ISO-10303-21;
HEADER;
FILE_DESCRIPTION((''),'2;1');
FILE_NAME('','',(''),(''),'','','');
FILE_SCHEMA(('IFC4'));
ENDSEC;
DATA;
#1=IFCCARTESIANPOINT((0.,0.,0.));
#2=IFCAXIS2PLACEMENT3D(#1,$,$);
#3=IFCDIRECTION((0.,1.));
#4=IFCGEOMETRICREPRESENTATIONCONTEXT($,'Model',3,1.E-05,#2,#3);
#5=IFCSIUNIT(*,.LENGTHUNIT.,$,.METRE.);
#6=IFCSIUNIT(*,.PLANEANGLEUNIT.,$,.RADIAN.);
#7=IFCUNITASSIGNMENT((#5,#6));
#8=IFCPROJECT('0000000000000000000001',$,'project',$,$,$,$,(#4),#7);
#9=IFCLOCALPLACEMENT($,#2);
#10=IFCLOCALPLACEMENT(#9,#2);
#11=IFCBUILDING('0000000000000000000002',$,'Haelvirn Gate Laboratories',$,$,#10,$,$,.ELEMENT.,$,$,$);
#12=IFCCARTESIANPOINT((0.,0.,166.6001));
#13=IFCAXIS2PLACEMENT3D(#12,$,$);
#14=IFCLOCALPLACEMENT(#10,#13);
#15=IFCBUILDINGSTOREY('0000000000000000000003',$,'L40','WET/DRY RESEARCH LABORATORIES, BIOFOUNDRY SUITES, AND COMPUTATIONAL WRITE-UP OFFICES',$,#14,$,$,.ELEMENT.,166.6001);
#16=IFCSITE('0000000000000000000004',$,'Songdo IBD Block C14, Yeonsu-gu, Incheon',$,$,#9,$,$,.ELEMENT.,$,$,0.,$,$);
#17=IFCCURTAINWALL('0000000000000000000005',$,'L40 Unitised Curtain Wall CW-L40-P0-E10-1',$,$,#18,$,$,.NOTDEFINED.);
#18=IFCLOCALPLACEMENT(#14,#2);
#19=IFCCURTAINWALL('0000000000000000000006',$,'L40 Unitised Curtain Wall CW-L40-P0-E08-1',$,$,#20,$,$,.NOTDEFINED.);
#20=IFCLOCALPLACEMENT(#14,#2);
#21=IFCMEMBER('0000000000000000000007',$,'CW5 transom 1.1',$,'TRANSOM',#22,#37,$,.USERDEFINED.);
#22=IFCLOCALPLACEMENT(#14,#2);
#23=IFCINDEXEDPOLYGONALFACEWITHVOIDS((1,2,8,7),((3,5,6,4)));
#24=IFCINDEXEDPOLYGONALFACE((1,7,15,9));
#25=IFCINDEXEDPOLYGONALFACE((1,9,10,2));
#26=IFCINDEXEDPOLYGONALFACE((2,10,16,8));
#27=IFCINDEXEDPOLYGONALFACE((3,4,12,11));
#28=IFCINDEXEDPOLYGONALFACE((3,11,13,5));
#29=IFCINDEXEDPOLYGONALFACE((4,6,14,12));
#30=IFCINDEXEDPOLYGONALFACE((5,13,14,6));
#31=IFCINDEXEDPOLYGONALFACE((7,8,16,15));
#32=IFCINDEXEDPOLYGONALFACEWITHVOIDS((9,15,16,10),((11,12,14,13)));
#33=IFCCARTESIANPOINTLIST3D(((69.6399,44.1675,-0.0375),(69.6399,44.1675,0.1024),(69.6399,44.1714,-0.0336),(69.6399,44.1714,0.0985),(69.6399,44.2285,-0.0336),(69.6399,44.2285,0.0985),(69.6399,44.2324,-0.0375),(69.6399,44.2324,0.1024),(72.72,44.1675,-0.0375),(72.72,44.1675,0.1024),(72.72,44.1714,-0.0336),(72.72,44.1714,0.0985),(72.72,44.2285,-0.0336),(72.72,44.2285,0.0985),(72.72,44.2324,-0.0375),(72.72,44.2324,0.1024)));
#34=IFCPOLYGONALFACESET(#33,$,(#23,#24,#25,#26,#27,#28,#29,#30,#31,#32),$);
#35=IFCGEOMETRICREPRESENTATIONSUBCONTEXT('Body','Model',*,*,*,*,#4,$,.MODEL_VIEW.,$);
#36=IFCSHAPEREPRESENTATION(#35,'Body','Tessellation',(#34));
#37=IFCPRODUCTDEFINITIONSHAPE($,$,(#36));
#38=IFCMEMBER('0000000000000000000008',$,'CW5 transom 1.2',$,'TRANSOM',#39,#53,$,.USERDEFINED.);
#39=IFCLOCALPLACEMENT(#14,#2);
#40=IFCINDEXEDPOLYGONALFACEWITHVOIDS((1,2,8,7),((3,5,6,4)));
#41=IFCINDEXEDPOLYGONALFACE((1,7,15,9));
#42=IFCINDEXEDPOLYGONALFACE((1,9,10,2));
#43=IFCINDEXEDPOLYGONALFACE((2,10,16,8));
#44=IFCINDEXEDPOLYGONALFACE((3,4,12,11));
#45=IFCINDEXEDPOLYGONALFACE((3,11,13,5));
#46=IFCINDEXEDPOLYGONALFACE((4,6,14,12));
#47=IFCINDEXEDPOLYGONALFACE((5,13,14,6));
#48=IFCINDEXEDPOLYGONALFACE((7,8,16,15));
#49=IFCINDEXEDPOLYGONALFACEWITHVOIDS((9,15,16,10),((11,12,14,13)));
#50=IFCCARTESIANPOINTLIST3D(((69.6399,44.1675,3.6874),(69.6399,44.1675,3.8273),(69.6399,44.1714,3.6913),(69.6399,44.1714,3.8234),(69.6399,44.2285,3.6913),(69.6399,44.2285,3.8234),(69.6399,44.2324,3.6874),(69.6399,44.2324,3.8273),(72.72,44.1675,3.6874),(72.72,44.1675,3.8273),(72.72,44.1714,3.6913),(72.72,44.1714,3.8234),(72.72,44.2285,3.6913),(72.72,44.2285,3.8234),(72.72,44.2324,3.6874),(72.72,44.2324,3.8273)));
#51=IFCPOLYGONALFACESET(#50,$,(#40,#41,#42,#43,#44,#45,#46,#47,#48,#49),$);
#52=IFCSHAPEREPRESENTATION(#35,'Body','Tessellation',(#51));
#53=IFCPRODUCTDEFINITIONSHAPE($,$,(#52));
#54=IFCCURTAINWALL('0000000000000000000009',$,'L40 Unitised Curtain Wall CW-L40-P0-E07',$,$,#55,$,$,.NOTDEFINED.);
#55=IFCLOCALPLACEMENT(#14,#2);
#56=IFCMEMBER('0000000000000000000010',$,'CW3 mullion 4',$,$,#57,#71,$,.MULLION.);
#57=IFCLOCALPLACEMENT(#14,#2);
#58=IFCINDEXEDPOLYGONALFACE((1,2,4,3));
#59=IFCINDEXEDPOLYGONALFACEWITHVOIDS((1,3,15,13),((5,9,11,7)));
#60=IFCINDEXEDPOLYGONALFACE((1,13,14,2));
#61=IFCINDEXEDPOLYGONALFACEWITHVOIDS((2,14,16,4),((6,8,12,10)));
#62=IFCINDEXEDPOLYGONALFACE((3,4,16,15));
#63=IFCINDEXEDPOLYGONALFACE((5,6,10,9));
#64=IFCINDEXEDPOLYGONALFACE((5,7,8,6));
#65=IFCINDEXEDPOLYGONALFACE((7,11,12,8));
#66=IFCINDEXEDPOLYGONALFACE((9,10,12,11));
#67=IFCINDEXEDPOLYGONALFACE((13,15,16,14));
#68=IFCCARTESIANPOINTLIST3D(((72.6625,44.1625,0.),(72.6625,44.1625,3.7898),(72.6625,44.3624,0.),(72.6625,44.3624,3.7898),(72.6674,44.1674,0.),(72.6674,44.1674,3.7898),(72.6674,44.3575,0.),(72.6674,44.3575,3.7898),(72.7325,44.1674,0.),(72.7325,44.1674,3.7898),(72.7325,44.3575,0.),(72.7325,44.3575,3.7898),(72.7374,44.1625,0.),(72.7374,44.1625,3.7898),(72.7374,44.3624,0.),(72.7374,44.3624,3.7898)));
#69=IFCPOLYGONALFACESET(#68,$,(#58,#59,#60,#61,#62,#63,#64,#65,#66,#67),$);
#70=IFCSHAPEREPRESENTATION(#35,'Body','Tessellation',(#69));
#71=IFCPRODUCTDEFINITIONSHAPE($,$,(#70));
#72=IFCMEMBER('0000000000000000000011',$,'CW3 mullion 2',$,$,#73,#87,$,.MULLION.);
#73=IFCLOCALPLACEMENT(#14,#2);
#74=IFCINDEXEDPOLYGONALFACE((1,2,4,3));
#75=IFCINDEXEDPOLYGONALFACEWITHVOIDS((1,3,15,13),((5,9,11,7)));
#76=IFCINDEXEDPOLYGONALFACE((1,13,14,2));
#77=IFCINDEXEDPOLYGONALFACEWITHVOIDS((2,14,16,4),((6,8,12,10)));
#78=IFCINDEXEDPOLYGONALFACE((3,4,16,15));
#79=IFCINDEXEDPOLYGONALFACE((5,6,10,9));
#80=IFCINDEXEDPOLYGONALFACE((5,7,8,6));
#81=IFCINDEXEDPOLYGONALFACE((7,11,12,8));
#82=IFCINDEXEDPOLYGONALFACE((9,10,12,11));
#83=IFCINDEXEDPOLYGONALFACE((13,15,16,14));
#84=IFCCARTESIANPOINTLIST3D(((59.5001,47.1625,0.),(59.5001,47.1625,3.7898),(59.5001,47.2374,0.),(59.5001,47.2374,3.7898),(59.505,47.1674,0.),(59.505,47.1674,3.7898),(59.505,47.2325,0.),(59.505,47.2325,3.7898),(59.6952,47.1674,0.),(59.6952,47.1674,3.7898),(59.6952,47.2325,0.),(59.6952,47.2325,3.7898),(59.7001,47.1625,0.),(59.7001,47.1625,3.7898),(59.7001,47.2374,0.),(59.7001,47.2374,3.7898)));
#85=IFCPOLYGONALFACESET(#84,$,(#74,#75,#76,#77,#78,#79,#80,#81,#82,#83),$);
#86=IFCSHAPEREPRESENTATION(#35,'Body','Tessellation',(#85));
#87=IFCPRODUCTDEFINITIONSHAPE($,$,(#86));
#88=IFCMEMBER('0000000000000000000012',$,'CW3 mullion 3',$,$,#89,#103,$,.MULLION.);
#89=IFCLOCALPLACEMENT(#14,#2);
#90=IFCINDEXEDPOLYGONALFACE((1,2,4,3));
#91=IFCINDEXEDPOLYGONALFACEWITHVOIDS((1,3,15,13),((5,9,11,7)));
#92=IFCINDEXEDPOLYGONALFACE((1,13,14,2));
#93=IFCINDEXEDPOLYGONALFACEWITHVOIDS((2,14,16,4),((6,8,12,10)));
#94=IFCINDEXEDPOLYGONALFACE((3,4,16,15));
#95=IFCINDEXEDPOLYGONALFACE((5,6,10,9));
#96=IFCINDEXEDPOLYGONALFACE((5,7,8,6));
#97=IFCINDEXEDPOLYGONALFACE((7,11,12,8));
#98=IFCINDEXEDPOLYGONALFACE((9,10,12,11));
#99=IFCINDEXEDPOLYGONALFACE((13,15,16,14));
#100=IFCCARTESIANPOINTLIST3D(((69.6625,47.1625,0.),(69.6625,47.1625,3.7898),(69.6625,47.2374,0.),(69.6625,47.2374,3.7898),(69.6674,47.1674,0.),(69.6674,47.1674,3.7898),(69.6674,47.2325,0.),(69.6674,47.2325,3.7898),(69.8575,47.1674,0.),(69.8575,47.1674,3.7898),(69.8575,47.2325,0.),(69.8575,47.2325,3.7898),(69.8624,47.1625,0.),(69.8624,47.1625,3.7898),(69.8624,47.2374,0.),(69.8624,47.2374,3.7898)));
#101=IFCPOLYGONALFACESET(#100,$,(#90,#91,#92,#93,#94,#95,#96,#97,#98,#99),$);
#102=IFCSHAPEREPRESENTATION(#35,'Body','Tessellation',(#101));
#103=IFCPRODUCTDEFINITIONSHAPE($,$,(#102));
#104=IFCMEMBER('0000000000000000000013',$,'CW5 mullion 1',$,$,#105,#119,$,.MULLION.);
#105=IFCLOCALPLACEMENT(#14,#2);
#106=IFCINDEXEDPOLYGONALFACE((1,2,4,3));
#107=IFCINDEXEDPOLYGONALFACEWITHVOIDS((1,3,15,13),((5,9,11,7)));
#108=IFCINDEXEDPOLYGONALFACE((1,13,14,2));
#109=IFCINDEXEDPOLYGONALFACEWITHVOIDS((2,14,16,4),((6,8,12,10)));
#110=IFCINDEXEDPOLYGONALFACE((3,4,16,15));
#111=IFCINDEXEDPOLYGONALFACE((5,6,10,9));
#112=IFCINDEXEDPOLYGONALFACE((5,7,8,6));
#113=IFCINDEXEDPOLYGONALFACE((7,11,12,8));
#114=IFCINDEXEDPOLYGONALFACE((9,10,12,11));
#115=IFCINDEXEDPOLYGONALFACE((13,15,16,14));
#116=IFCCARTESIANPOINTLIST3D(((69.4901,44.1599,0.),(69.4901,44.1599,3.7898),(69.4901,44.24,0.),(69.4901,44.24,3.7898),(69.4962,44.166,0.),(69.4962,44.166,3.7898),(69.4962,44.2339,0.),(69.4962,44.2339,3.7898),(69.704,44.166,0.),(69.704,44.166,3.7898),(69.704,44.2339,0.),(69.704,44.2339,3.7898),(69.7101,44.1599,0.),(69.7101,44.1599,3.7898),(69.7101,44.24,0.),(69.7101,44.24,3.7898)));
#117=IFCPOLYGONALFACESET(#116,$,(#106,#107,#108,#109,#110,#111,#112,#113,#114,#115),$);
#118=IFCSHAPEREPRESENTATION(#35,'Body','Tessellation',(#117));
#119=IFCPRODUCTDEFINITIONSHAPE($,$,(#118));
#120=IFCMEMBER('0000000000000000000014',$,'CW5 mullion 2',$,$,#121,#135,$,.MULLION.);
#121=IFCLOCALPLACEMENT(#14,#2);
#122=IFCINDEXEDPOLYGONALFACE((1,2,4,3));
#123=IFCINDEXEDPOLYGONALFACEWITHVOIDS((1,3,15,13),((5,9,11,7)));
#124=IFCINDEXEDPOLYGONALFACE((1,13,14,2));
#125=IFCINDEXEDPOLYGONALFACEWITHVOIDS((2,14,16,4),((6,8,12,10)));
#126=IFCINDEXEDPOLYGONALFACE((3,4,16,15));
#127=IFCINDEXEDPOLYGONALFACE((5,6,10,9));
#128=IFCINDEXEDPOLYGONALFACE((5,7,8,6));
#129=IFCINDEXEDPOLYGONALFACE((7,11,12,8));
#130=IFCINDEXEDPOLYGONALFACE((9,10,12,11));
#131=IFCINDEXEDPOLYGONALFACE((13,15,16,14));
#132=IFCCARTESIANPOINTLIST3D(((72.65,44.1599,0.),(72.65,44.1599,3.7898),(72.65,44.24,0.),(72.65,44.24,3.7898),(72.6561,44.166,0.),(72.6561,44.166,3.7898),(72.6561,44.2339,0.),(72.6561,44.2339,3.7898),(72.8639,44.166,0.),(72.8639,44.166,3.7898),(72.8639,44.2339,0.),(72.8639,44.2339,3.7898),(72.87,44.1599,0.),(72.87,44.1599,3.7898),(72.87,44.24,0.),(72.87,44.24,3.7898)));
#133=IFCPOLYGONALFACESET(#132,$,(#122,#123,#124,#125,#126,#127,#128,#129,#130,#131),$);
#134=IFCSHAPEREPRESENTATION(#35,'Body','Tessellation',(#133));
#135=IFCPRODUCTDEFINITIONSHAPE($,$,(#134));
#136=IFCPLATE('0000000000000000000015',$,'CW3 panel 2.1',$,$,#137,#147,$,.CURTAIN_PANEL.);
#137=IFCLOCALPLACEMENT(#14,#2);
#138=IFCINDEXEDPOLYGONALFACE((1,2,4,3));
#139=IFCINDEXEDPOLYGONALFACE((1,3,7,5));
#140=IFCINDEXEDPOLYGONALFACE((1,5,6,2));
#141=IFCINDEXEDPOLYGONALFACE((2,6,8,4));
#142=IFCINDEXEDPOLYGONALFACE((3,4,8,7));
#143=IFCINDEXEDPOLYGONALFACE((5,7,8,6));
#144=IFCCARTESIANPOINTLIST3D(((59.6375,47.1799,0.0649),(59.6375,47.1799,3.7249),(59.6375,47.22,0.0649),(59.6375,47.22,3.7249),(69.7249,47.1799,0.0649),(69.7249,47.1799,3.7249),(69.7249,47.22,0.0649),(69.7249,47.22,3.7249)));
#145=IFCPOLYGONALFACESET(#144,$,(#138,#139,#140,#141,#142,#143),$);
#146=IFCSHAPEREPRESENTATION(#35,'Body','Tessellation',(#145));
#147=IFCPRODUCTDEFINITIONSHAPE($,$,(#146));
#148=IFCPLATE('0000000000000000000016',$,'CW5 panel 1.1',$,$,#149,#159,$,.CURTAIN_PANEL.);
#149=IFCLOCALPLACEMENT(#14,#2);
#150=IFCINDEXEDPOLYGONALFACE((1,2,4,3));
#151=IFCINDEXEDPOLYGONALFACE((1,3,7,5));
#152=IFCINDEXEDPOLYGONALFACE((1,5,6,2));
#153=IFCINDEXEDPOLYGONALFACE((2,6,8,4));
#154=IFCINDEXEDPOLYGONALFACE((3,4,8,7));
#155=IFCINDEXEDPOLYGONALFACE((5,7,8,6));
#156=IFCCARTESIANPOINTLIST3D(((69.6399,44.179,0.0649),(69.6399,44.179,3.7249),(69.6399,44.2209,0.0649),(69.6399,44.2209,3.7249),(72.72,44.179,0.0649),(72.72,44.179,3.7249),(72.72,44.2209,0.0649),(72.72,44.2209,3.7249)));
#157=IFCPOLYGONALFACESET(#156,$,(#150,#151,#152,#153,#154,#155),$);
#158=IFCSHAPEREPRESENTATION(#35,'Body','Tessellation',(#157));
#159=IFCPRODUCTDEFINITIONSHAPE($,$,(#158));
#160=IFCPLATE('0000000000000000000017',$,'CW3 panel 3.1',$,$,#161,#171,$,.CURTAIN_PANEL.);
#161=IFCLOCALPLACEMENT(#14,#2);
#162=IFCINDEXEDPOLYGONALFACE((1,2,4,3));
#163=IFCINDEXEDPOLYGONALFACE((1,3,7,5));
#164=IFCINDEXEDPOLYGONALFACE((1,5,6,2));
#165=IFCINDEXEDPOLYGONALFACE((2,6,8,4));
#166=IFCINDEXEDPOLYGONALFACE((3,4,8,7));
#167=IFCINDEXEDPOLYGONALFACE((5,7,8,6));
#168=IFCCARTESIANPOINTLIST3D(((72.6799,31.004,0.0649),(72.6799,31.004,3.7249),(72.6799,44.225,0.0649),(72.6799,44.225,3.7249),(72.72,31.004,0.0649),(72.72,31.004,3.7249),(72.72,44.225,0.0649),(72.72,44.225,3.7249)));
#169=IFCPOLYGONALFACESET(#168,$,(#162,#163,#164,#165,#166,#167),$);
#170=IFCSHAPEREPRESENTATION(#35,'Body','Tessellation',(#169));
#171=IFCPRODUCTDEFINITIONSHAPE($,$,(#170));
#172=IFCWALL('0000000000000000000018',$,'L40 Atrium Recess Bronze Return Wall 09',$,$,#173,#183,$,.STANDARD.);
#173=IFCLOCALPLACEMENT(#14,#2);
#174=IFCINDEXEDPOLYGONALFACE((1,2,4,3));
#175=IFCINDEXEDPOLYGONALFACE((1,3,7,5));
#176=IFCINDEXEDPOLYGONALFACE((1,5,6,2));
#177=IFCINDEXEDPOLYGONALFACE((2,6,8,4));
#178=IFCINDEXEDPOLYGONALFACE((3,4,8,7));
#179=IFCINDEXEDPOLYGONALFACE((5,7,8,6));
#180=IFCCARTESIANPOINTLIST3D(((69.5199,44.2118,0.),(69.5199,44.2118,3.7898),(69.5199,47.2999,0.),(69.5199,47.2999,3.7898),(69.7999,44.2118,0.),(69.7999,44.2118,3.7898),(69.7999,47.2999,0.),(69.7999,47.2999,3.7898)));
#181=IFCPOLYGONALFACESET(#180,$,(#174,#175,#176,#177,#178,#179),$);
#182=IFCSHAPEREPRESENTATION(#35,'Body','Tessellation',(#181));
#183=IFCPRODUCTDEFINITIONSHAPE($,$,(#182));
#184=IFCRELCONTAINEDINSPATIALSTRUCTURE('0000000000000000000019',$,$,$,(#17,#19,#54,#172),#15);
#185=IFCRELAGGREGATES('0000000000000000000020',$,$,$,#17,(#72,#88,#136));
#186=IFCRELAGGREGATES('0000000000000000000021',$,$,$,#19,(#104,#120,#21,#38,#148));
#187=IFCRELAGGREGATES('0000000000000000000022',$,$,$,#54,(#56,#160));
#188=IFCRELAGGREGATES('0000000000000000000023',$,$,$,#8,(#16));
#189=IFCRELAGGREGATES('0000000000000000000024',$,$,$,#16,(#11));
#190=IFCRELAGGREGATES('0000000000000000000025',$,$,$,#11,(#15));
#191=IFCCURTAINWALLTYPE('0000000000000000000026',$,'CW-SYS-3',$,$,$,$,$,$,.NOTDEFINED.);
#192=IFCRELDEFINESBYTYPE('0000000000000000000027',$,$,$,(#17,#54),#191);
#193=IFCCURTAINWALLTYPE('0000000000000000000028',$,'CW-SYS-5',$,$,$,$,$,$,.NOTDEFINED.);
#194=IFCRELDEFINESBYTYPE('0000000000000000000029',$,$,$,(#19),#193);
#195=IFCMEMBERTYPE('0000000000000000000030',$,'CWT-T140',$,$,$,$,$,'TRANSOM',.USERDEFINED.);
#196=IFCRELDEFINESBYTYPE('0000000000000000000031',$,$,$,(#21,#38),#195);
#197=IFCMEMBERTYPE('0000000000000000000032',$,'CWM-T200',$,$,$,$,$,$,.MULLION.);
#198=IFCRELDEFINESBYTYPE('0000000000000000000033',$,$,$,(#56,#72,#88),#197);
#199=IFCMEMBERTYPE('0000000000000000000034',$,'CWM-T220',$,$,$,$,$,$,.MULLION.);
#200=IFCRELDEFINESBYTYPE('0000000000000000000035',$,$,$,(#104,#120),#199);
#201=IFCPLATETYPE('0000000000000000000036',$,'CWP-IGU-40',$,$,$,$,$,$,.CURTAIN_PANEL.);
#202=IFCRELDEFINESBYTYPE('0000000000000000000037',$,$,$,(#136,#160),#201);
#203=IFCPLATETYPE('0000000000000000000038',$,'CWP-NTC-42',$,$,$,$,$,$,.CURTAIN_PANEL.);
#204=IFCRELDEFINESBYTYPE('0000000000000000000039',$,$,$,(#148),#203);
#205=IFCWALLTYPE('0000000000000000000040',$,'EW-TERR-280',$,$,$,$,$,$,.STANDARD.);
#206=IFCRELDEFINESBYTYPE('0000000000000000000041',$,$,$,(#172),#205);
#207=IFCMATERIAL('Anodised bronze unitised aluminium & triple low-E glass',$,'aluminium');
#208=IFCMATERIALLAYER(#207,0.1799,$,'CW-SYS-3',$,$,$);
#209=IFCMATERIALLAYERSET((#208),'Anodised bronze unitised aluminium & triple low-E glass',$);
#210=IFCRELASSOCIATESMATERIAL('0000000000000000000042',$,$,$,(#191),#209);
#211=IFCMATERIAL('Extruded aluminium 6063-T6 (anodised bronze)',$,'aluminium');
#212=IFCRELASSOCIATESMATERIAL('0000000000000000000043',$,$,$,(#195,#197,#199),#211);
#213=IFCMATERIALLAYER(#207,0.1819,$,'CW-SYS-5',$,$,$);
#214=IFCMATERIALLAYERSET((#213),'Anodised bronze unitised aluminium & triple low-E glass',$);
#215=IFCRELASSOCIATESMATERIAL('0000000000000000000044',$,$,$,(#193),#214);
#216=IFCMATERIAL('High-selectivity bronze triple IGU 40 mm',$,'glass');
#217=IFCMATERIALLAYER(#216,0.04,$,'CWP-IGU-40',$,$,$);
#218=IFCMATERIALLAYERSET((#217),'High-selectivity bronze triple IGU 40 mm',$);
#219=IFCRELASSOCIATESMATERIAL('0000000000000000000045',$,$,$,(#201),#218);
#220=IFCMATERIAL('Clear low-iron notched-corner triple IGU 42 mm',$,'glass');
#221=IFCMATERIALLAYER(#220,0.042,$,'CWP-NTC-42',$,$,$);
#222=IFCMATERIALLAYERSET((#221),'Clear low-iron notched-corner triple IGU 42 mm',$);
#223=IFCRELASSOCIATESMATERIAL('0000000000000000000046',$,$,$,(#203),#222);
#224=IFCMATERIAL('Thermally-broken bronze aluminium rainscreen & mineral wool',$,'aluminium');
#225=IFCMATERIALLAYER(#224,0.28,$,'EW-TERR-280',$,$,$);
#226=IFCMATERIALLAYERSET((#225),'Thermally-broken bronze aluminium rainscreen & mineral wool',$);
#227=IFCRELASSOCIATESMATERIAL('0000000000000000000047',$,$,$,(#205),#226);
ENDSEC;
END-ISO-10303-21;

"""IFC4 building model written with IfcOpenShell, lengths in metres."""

from ifc_helpers import new_model, si_unit, direction, frame, frame_2d, origin, origin_2d, place, context, subcontext, project, spatial, rectangle, hollow_rectangle, extrude, source, transform, mapped, material, layer, layer_set, material_profile, profile_set, type_object, type_shapes, element, aggregate, save


model = new_model("IFC4")

# Units and contexts
model_context = context("Model", 3, precision=1e-05, world=origin(), true_north=direction((0.0, 1.0)))
body_context = subcontext(model_context, "Body", "Model", "MODEL_VIEW")
ifc_project = project(units=[si_unit("LENGTHUNIT", "METRE"), si_unit("PLANEANGLEUNIT", "RADIAN")], contexts=[model_context])

# Site, building, storey
site_placement = place(None, origin())
site = spatial("IfcSite", under=ifc_project, at=site_placement, Name="Songdo IBD Block C14, Yeonsu-gu, Incheon", CompositionType="ELEMENT", RefElevation=0.0)
building_placement = place(site_placement, origin())
building = spatial("IfcBuilding", under=site, at=building_placement, Name="Haelvirn Gate Laboratories", CompositionType="ELEMENT")
storey_placement = place(building_placement, frame((0.0, 0.0, 166.6001)))
storey = spatial("IfcBuildingStorey", under=building, at=storey_placement, Name="L40", Description="WET/DRY RESEARCH LABORATORIES, BIOFOUNDRY SUITES, AND COMPUTATIONAL WRITE-UP OFFICES", CompositionType="ELEMENT", Elevation=166.6001)

# Curtain walls, members
ifc_material_1 = material(Name="Anodised bronze unitised aluminium & triple low-E glass", Category="aluminium")
ifc_layer_1 = layer(ifc_material_1, 0.1799, Name="CW-SYS-3")
ifc_layer_set_1 = layer_set([ifc_layer_1], Name="Anodised bronze unitised aluminium & triple low-E glass")
curtain_wall_type_1 = type_object("IfcCurtainWallType", Name="CW-SYS-3", PredefinedType="NOTDEFINED", material=ifc_layer_set_1)
curtain_wall_1_placement = place(storey_placement, origin())
curtain_wall_1 = element("IfcCurtainWall", 1, at=curtain_wall_1_placement, inside=storey, type_object=curtain_wall_type_1, Name="L40 Unitised Curtain Wall CW-L40-P0-E10-1", PredefinedType="NOTDEFINED")
ifc_material_2 = material(Name="Extruded aluminium 6063-T6 (anodised bronze)", Category="aluminium")
ifc_material_profile_1 = material_profile(ifc_material_2, hollow_rectangle(XDim=0.0649, YDim=0.1399, WallThickness=0.0039, at=origin_2d()), Name="CWT-140x65x4")
ifc_profile_set_1 = profile_set([ifc_material_profile_1], Name="Extruded aluminium 6063-T6 (anodised bronze)")
member_type_1 = type_object("IfcMemberType", Name="CWT-T140", ElementType="TRANSOM", PredefinedType="USERDEFINED", material=ifc_profile_set_1)
ifc_layer_2 = layer(ifc_material_1, 0.1819, Name="CW-SYS-5")
ifc_layer_set_2 = layer_set([ifc_layer_2], Name="Anodised bronze unitised aluminium & triple low-E glass")
curtain_wall_type_2 = type_object("IfcCurtainWallType", Name="CW-SYS-5", PredefinedType="NOTDEFINED", material=ifc_layer_set_2)
curtain_wall_2_placement = place(storey_placement, origin())
curtain_wall_2 = element("IfcCurtainWall", 2, at=curtain_wall_2_placement, inside=storey, type_object=curtain_wall_type_2, Name="L40 Unitised Curtain Wall CW-L40-P0-E08-1", PredefinedType="NOTDEFINED")
shared_shape_1 = source(origin(), body_context, "Body", "SweptSolid", [
    extrude(hollow_rectangle(XDim=0.0649, YDim=0.1399, WallThickness=0.0039, at=origin_2d()), origin(), (0.0, 0.0, 1.0), 3.0801),
])
member_1_placement = place(storey_placement, frame((69.6399, 44.2, 0.0325), z_axis=(1.0, 0.0, 0.0), x_axis=(0.0, 1.0, 0.0)))
member_1 = element("IfcMember", 3, at=member_1_placement, type_object=member_type_1, Name="CW5 transom 1.1", ObjectType="TRANSOM", PredefinedType="USERDEFINED", context=body_context, shape_type="MappedRepresentation", body=[
    mapped(shared_shape_1, transform((0.0, 0.0, 0.0), scale=1.0)),
])
member_2_placement = place(storey_placement, frame((69.6399, 44.2, 3.7573), z_axis=(1.0, 0.0, 0.0), x_axis=(0.0, 1.0, 0.0)))
member_2 = element("IfcMember", 4, at=member_2_placement, type_object=member_type_1, Name="CW5 transom 1.2", ObjectType="TRANSOM", PredefinedType="USERDEFINED", context=body_context, shape_type="MappedRepresentation", body=[
    mapped(shared_shape_1, transform((0.0, 0.0, 0.0), scale=1.0)),
])

# Curtain wall, member
curtain_wall_3_placement = place(storey_placement, origin())
curtain_wall_3 = element("IfcCurtainWall", 5, at=curtain_wall_3_placement, inside=storey, type_object=curtain_wall_type_1, Name="L40 Unitised Curtain Wall CW-L40-P0-E07", PredefinedType="NOTDEFINED")
ifc_material_profile_2 = material_profile(ifc_material_2, hollow_rectangle(XDim=0.075, YDim=0.2, WallThickness=0.0049, at=origin_2d()), Name="CWM-200x75x5")
ifc_profile_set_2 = profile_set([ifc_material_profile_2], Name="Extruded aluminium 6063-T6 (anodised bronze)")
member_type_2 = type_object("IfcMemberType", Name="CWM-T200", PredefinedType="MULLION", material=ifc_profile_set_2)
shared_shape_2 = source(origin(), body_context, "Body", "SweptSolid", [
    extrude(hollow_rectangle(XDim=0.075, YDim=0.2, WallThickness=0.0049, at=origin_2d()), origin(), (0.0, 0.0, 1.0), 3.7898),
])
type_shapes(member_type_2, [shared_shape_2])
member_3_placement = place(storey_placement, frame((72.7, 44.2625, 0.0), z_axis=(0.0, 0.0, 1.0), x_axis=(-1.0, 0.0, 0.0)))
member_3 = element("IfcMember", 6, at=member_3_placement, type_object=member_type_2, Name="CW3 mullion 4", PredefinedType="MULLION", context=body_context, shape_type="MappedRepresentation", body=[
    mapped(shared_shape_2, transform((0.0, 0.0, 0.0), scale=1.0)),
])

# Members
member_4_placement = place(storey_placement, frame((59.6001, 47.2, 0.0), z_axis=(0.0, 0.0, 1.0), x_axis=(0.0, 1.0, 0.0)))
member_4 = element("IfcMember", 7, at=member_4_placement, type_object=member_type_2, Name="CW3 mullion 2", PredefinedType="MULLION", context=body_context, shape_type="MappedRepresentation", body=[
    mapped(shared_shape_2, transform((0.0, 0.0, 0.0), scale=1.0)),
])
member_5_placement = place(storey_placement, frame((69.7625, 47.2, 0.0), z_axis=(0.0, 0.0, 1.0), x_axis=(0.0, 1.0, 0.0)))
member_5 = element("IfcMember", 8, at=member_5_placement, type_object=member_type_2, Name="CW3 mullion 3", PredefinedType="MULLION", context=body_context, shape_type="MappedRepresentation", body=[
    mapped(shared_shape_2, transform((0.0, 0.0, 0.0), scale=1.0)),
])
ifc_material_profile_3 = material_profile(ifc_material_2, hollow_rectangle(XDim=0.0801, YDim=0.22, WallThickness=0.0061, at=origin_2d()), Name="CWM-220x80x6")
ifc_profile_set_3 = profile_set([ifc_material_profile_3], Name="Extruded aluminium 6063-T6 (anodised bronze)")
member_type_3 = type_object("IfcMemberType", Name="CWM-T220", PredefinedType="MULLION", material=ifc_profile_set_3)
shared_shape_3 = source(origin(), body_context, "Body", "SweptSolid", [
    extrude(hollow_rectangle(XDim=0.0801, YDim=0.22, WallThickness=0.0061, at=origin_2d()), origin(), (0.0, 0.0, 1.0), 3.7898),
])
type_shapes(member_type_3, [shared_shape_3])
member_6_placement = place(storey_placement, frame((69.6001, 44.2, 0.0), z_axis=(0.0, 0.0, 1.0), x_axis=(0.0, 1.0, 0.0)))
member_6 = element("IfcMember", 9, at=member_6_placement, type_object=member_type_3, Name="CW5 mullion 1", PredefinedType="MULLION", context=body_context, shape_type="MappedRepresentation", body=[
    mapped(shared_shape_3, transform((0.0, 0.0, 0.0), scale=1.0)),
])
member_7_placement = place(storey_placement, frame((72.76, 44.2, 0.0), z_axis=(0.0, 0.0, 1.0), x_axis=(0.0, 1.0, 0.0)))
member_7 = element("IfcMember", 10, at=member_7_placement, type_object=member_type_3, Name="CW5 mullion 2", PredefinedType="MULLION", context=body_context, shape_type="MappedRepresentation", body=[
    mapped(shared_shape_3, transform((0.0, 0.0, 0.0), scale=1.0)),
])

# Plates
ifc_material_3 = material(Name="High-selectivity bronze triple IGU 40 mm", Category="glass")
ifc_layer_3 = layer(ifc_material_3, 0.04, Name="CWP-IGU-40")
ifc_layer_set_3 = layer_set([ifc_layer_3], Name="High-selectivity bronze triple IGU 40 mm")
plate_type_1 = type_object("IfcPlateType", Name="CWP-IGU-40", PredefinedType="CURTAIN_PANEL", material=ifc_layer_set_3)
shared_shape_4 = source(origin(), body_context, "Body", "SweptSolid", [
    extrude(rectangle(XDim=10.0874, YDim=0.04, at=origin_2d()), origin(), (0.0, 0.0, 1.0), 3.6599),
])
plate_1_placement = place(storey_placement, frame((64.6812, 47.2, 0.0649), z_axis=(0.0, 0.0, 1.0), x_axis=(1.0, 0.0, 0.0)))
plate_1 = element("IfcPlate", 11, at=plate_1_placement, type_object=plate_type_1, Name="CW3 panel 2.1", PredefinedType="CURTAIN_PANEL", context=body_context, shape_type="MappedRepresentation", body=[
    mapped(shared_shape_4, transform((0.0, 0.0, 0.0), scale=1.0)),
])
aggregate(curtain_wall_1, [member_4, member_5, plate_1])
ifc_material_4 = material(Name="Clear low-iron notched-corner triple IGU 42 mm", Category="glass")
ifc_layer_4 = layer(ifc_material_4, 0.042, Name="CWP-NTC-42")
ifc_layer_set_4 = layer_set([ifc_layer_4], Name="Clear low-iron notched-corner triple IGU 42 mm")
plate_type_2 = type_object("IfcPlateType", Name="CWP-NTC-42", PredefinedType="CURTAIN_PANEL", material=ifc_layer_set_4)
shared_shape_5 = source(origin(), body_context, "Body", "SweptSolid", [
    extrude(rectangle(XDim=3.0801, YDim=0.042, at=origin_2d()), origin(), (0.0, 0.0, 1.0), 3.6599),
])
type_shapes(plate_type_2, [shared_shape_5])
plate_2_placement = place(storey_placement, frame((71.1799, 44.2, 0.0649), z_axis=(0.0, 0.0, 1.0), x_axis=(1.0, 0.0, 0.0)))
plate_2 = element("IfcPlate", 12, at=plate_2_placement, type_object=plate_type_2, Name="CW5 panel 1.1", PredefinedType="CURTAIN_PANEL", context=body_context, shape_type="MappedRepresentation", body=[
    mapped(shared_shape_5, transform((0.0, 0.0, 0.0), scale=1.0)),
])
aggregate(curtain_wall_2, [member_6, member_7, member_1, member_2, plate_2])
shared_shape_6 = source(origin(), body_context, "Body", "SweptSolid", [
    extrude(rectangle(XDim=13.2209, YDim=0.04, at=origin_2d()), origin(), (0.0, 0.0, 1.0), 3.6599),
])
type_shapes(plate_type_1, [shared_shape_4, shared_shape_6])
plate_3_placement = place(storey_placement, frame((72.7, 37.6145, 0.0649), z_axis=(0.0, 0.0, 1.0), x_axis=(0.0, 1.0, 0.0)))
plate_3 = element("IfcPlate", 13, at=plate_3_placement, type_object=plate_type_1, Name="CW3 panel 3.1", PredefinedType="CURTAIN_PANEL", context=body_context, shape_type="MappedRepresentation", body=[
    mapped(shared_shape_6, transform((0.0, 0.0, 0.0), scale=1.0)),
])
aggregate(curtain_wall_3, [member_3, plate_3])

# Wall
ifc_material_5 = material(Name="Thermally-broken bronze aluminium rainscreen & mineral wool", Category="aluminium")
ifc_layer_5 = layer(ifc_material_5, 0.28, Name="EW-TERR-280")
ifc_layer_set_5 = layer_set([ifc_layer_5], Name="Thermally-broken bronze aluminium rainscreen & mineral wool")
wall_type_1 = type_object("IfcWallType", Name="EW-TERR-280", PredefinedType="STANDARD", material=ifc_layer_set_5)
wall_1_placement = place(storey_placement, frame((69.6599, 44.2119, 0.0), z_axis=(0.0, 0.0, 1.0), x_axis=(0.0, 1.0, 0.0)))
element("IfcWall", 14, at=wall_1_placement, inside=storey, type_object=wall_type_1, Name="L40 Atrium Recess Bronze Return Wall 09", PredefinedType="STANDARD", context=body_context, shape_type="SweptSolid", body=[
    extrude(rectangle(XDim=3.0881, YDim=0.28, at=frame_2d((1.5439, 0.0))), origin(), (0.0, 0.0, 1.0), 3.7898),
])

save(model, "model.ifc")
